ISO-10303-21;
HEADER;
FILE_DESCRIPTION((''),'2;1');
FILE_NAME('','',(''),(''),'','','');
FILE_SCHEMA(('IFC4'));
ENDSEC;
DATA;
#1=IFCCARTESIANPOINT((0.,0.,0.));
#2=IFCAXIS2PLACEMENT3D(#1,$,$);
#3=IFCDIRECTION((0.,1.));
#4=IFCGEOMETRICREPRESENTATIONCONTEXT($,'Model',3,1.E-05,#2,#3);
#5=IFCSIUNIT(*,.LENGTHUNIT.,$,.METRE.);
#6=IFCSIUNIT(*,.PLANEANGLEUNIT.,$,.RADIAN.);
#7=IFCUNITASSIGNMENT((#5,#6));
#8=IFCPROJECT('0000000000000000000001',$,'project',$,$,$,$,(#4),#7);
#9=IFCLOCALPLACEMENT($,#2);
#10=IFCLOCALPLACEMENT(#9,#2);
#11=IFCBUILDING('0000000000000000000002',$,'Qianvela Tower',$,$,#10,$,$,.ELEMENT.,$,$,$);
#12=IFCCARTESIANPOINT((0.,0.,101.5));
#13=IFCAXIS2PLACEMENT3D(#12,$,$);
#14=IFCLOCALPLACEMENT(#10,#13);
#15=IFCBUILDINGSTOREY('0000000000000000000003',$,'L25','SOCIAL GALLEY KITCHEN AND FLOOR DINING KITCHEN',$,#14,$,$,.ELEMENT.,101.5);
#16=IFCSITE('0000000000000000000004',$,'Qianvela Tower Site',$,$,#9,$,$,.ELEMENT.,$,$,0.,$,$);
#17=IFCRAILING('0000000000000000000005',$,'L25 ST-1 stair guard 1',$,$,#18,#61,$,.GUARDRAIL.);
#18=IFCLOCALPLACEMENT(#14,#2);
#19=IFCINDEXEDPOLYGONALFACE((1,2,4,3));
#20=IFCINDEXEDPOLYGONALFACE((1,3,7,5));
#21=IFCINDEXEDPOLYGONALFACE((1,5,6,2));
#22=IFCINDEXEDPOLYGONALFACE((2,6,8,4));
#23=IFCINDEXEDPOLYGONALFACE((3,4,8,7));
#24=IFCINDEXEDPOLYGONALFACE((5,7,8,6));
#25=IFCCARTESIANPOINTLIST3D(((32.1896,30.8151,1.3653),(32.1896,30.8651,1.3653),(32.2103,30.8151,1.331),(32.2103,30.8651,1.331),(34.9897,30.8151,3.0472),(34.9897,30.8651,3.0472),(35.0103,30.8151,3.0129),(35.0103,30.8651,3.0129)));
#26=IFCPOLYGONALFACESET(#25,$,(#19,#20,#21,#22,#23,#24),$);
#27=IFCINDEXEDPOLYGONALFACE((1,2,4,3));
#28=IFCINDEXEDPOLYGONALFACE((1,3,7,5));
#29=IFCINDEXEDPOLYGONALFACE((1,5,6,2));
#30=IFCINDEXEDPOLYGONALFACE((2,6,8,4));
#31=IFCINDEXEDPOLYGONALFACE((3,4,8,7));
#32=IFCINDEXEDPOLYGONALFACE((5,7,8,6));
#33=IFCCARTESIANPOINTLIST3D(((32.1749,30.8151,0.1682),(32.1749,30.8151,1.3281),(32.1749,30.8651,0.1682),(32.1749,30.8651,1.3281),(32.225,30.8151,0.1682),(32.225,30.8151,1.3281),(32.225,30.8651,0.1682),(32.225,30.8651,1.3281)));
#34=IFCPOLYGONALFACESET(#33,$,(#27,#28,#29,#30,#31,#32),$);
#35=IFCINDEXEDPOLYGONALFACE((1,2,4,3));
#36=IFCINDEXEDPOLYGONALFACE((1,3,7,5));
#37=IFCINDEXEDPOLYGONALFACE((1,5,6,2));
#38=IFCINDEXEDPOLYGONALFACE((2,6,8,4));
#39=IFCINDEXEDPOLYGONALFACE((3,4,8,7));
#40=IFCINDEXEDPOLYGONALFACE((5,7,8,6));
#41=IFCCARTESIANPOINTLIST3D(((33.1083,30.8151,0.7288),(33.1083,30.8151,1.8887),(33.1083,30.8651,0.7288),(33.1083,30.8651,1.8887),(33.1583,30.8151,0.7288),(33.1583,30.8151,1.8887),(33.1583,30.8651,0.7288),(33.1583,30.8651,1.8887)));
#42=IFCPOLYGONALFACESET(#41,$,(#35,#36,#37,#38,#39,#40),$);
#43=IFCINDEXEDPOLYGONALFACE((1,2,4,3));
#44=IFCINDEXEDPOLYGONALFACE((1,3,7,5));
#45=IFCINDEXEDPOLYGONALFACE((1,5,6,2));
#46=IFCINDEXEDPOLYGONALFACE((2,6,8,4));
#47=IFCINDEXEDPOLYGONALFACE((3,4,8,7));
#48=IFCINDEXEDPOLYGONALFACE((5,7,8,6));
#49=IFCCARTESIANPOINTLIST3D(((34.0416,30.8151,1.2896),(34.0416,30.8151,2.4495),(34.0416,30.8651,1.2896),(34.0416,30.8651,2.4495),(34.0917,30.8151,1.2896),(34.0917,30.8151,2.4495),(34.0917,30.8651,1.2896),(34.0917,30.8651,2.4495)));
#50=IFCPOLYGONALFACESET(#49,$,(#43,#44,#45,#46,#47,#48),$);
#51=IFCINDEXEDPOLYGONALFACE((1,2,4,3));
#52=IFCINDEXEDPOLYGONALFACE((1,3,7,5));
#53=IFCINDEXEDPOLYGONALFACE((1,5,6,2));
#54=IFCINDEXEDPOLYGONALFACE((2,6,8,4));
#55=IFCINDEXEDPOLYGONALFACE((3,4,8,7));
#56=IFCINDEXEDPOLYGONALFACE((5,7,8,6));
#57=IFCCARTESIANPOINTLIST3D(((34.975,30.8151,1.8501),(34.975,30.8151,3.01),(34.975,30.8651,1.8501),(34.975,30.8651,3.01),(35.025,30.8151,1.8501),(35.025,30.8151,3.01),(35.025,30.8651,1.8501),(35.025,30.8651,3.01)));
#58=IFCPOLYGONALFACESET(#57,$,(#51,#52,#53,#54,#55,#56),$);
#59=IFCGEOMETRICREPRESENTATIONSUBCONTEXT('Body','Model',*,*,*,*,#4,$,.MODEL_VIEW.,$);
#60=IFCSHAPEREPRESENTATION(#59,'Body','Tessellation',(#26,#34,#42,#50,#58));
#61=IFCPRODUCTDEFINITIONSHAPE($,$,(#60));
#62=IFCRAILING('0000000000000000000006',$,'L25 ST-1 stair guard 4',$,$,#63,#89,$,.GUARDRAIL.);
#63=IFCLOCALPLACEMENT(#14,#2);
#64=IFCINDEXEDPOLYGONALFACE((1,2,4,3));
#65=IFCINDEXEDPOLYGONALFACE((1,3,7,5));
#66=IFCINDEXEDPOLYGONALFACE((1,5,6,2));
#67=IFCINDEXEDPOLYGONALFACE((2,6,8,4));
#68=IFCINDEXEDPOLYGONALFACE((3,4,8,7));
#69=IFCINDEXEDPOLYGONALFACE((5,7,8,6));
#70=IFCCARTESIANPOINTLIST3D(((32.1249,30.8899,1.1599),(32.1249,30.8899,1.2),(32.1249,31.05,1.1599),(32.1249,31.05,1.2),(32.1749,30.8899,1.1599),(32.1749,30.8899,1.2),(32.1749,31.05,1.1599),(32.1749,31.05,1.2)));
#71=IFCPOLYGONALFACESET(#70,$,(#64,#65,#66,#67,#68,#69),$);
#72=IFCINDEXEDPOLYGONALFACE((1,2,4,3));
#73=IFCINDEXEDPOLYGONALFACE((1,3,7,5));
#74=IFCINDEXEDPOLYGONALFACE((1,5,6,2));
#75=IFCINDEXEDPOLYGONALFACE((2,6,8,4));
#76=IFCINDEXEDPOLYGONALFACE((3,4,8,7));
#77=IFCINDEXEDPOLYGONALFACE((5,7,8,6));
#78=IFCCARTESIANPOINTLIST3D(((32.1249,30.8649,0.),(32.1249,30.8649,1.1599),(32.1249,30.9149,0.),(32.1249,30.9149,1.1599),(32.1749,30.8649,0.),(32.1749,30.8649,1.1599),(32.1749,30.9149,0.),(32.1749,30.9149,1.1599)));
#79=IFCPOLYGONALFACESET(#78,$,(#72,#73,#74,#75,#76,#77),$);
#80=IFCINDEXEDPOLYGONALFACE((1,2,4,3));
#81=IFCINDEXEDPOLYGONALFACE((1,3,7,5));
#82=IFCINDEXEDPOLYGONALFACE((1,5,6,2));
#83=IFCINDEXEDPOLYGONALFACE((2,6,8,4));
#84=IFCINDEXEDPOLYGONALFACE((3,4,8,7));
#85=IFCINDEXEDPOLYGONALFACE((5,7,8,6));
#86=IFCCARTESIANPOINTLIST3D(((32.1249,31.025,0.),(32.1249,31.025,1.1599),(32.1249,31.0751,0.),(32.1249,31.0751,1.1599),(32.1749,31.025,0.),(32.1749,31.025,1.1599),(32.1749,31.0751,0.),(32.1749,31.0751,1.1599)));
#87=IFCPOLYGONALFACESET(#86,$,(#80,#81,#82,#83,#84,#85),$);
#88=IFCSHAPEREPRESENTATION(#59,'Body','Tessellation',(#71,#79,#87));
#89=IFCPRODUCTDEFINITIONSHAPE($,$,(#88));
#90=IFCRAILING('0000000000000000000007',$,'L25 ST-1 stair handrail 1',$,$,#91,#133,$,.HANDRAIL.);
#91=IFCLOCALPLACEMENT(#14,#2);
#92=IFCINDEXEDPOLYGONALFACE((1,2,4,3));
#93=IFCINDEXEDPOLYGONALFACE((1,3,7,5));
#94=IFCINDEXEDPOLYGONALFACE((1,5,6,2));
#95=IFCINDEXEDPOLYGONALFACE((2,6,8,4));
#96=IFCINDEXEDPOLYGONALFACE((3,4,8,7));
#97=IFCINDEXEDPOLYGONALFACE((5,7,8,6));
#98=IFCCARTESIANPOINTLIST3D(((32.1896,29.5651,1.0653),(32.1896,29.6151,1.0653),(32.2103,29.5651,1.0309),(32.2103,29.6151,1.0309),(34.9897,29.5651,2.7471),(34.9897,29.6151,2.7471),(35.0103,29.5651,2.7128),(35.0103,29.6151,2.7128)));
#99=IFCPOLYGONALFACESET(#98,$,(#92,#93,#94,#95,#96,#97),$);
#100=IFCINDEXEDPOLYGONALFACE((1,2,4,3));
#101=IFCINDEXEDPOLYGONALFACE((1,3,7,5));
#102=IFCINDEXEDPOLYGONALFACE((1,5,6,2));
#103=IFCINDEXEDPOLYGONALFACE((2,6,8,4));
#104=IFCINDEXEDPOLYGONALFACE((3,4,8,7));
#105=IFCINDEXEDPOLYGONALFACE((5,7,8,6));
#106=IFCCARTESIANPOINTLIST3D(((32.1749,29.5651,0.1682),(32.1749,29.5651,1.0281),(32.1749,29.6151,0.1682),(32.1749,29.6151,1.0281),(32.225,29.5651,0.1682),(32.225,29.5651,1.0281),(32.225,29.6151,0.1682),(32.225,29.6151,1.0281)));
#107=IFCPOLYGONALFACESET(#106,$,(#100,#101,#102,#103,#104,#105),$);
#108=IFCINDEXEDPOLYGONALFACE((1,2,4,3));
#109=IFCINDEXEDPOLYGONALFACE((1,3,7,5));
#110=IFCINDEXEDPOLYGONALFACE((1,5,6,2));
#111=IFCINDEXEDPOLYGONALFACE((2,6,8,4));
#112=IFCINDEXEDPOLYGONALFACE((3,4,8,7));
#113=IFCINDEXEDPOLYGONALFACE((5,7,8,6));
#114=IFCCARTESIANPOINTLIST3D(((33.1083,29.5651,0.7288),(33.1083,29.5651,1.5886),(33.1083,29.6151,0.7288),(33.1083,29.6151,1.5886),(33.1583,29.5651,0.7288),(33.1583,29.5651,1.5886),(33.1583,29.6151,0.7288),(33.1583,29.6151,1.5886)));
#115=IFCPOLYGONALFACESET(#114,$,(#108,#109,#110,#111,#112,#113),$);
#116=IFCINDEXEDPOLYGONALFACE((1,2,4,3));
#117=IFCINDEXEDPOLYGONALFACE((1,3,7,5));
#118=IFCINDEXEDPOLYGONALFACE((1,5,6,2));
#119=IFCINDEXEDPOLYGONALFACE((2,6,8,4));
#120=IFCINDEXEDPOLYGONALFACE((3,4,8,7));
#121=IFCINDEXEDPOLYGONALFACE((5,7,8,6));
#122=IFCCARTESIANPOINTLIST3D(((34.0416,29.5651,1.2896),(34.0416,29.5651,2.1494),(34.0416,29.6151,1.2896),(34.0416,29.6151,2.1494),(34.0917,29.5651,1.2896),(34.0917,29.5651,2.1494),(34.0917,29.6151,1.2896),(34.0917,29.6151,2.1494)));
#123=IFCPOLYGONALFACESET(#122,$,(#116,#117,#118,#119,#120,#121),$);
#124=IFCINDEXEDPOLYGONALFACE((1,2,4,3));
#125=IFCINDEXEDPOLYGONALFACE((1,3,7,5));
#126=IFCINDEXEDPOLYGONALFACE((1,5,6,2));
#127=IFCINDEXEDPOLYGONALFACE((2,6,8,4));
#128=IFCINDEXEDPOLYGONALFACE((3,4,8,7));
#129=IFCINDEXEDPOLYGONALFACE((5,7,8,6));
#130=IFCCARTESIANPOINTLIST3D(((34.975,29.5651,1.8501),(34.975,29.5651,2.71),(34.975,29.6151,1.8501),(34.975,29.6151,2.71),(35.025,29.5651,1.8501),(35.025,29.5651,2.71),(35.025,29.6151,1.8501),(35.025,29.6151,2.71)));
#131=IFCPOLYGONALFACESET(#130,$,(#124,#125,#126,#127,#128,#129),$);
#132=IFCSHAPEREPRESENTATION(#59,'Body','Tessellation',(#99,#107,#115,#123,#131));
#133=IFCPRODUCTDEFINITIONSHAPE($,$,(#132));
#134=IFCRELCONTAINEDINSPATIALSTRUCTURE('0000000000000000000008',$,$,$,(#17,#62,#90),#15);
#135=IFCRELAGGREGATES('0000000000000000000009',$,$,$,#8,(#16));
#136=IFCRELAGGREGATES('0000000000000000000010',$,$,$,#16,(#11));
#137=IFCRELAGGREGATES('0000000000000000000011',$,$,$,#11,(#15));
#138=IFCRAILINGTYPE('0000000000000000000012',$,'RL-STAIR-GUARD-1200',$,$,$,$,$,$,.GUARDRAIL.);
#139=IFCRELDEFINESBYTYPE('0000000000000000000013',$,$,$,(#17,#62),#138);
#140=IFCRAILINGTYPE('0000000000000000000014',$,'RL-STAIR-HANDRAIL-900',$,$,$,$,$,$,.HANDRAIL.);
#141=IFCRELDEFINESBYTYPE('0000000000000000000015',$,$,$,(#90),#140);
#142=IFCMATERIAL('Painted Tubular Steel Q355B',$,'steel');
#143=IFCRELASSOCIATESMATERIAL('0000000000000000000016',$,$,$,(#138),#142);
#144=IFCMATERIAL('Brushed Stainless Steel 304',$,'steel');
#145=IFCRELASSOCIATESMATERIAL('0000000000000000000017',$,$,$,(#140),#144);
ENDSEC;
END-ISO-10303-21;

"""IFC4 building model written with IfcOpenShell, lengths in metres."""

from ifc_helpers import new_model, si_unit, direction, frame, origin, origin_2d, place, context, subcontext, project, spatial, rectangle, extrude, material, type_object, element, save


model = new_model("IFC4")

# Units and contexts
model_context = context("Model", 3, precision=1e-05, world=origin(), true_north=direction((0.0, 1.0)))
body_context = subcontext(model_context, "Body", "Model", "MODEL_VIEW")
ifc_project = project(units=[si_unit("LENGTHUNIT", "METRE"), si_unit("PLANEANGLEUNIT", "RADIAN")], contexts=[model_context])

# Site, building, storey
site_placement = place(None, origin())
site = spatial("IfcSite", under=ifc_project, at=site_placement, Name="Qianvela Tower Site", CompositionType="ELEMENT", RefElevation=0.0)
building_placement = place(site_placement, origin())
building = spatial("IfcBuilding", under=site, at=building_placement, Name="Qianvela Tower", CompositionType="ELEMENT")
storey_placement = place(building_placement, frame((0.0, 0.0, 101.5)))
storey = spatial("IfcBuildingStorey", under=building, at=storey_placement, Name="L25", Description="SOCIAL GALLEY KITCHEN AND FLOOR DINING KITCHEN", CompositionType="ELEMENT", Elevation=101.5)

# Railings
ifc_material_1 = material(Name="Painted Tubular Steel Q355B", Category="steel")
railing_type_1 = type_object("IfcRailingType", Name="RL-STAIR-GUARD-1200", PredefinedType="GUARDRAIL", material=ifc_material_1)
railing_1_placement = place(storey_placement, frame((32.2, 30.8401, 0.1682)))
element("IfcRailing", 1, at=railing_1_placement, inside=storey, type_object=railing_type_1, Name="L25 ST-1 stair guard 1", PredefinedType="GUARDRAIL", context=body_context, shape_type="SweptSolid", body=[
    extrude(rectangle(XDim=0.05, YDim=0.04, at=origin_2d()), frame((0.0, 0.0, 1.1799), z_axis=(0.857242, 0.0, 0.514913), x_axis=(0.0, 1.0, 0.0)), (0.0, 0.0, 1.0), 3.2664),
    extrude(rectangle(XDim=0.05, YDim=0.05, at=origin_2d()), origin(), (0.0, 0.0, 1.0), 1.1599),
    extrude(rectangle(XDim=0.05, YDim=0.05, at=origin_2d()), frame((0.9333, 0.0, 0.5605)), (0.0, 0.0, 1.0), 1.1599),
    extrude(rectangle(XDim=0.05, YDim=0.05, at=origin_2d()), frame((1.8667, 0.0, 1.1213)), (0.0, 0.0, 1.0), 1.1599),
    extrude(rectangle(XDim=0.05, YDim=0.05, at=origin_2d()), frame((2.8, 0.0, 1.6819)), (0.0, 0.0, 1.0), 1.1599),
])
railing_2_placement = place(storey_placement, frame((32.1499, 30.8899, 0.0)))
element("IfcRailing", 2, at=railing_2_placement, inside=storey, type_object=railing_type_1, Name="L25 ST-1 stair guard 4", PredefinedType="GUARDRAIL", context=body_context, shape_type="SweptSolid", body=[
    extrude(rectangle(XDim=0.05, YDim=0.04, at=origin_2d()), frame((0.0, 0.0, 1.1799), z_axis=(0.0, 1.0, 0.0), x_axis=(-1.0, 0.0, 0.0)), (0.0, 0.0, 1.0), 0.1602),
    extrude(rectangle(XDim=0.05, YDim=0.05, at=origin_2d()), origin(), (0.0, 0.0, 1.0), 1.1599),
    extrude(rectangle(XDim=0.05, YDim=0.05, at=origin_2d()), frame((0.0, 0.1602, 0.0)), (0.0, 0.0, 1.0), 1.1599),
])
ifc_material_2 = material(Name="Brushed Stainless Steel 304", Category="steel")
railing_type_2 = type_object("IfcRailingType", Name="RL-STAIR-HANDRAIL-900", PredefinedType="HANDRAIL", material=ifc_material_2)
railing_3_placement = place(storey_placement, frame((32.2, 29.5901, 0.1682)))
element("IfcRailing", 3, at=railing_3_placement, inside=storey, type_object=railing_type_2, Name="L25 ST-1 stair handrail 1", PredefinedType="HANDRAIL", context=body_context, shape_type="SweptSolid", body=[
    extrude(rectangle(XDim=0.05, YDim=0.04, at=origin_2d()), frame((0.0, 0.0, 0.8799), z_axis=(0.857242, 0.0, 0.514913), x_axis=(0.0, 1.0, 0.0)), (0.0, 0.0, 1.0), 3.2664),
    extrude(rectangle(XDim=0.05, YDim=0.05, at=origin_2d()), origin(), (0.0, 0.0, 1.0), 0.8599),
    extrude(rectangle(XDim=0.05, YDim=0.05, at=origin_2d()), frame((0.9333, 0.0, 0.5605)), (0.0, 0.0, 1.0), 0.8599),
    extrude(rectangle(XDim=0.05, YDim=0.05, at=origin_2d()), frame((1.8667, 0.0, 1.1213)), (0.0, 0.0, 1.0), 0.8599),
    extrude(rectangle(XDim=0.05, YDim=0.05, at=origin_2d()), frame((2.8, 0.0, 1.6819)), (0.0, 0.0, 1.0), 0.8599),
])

save(model, "model.ifc")
